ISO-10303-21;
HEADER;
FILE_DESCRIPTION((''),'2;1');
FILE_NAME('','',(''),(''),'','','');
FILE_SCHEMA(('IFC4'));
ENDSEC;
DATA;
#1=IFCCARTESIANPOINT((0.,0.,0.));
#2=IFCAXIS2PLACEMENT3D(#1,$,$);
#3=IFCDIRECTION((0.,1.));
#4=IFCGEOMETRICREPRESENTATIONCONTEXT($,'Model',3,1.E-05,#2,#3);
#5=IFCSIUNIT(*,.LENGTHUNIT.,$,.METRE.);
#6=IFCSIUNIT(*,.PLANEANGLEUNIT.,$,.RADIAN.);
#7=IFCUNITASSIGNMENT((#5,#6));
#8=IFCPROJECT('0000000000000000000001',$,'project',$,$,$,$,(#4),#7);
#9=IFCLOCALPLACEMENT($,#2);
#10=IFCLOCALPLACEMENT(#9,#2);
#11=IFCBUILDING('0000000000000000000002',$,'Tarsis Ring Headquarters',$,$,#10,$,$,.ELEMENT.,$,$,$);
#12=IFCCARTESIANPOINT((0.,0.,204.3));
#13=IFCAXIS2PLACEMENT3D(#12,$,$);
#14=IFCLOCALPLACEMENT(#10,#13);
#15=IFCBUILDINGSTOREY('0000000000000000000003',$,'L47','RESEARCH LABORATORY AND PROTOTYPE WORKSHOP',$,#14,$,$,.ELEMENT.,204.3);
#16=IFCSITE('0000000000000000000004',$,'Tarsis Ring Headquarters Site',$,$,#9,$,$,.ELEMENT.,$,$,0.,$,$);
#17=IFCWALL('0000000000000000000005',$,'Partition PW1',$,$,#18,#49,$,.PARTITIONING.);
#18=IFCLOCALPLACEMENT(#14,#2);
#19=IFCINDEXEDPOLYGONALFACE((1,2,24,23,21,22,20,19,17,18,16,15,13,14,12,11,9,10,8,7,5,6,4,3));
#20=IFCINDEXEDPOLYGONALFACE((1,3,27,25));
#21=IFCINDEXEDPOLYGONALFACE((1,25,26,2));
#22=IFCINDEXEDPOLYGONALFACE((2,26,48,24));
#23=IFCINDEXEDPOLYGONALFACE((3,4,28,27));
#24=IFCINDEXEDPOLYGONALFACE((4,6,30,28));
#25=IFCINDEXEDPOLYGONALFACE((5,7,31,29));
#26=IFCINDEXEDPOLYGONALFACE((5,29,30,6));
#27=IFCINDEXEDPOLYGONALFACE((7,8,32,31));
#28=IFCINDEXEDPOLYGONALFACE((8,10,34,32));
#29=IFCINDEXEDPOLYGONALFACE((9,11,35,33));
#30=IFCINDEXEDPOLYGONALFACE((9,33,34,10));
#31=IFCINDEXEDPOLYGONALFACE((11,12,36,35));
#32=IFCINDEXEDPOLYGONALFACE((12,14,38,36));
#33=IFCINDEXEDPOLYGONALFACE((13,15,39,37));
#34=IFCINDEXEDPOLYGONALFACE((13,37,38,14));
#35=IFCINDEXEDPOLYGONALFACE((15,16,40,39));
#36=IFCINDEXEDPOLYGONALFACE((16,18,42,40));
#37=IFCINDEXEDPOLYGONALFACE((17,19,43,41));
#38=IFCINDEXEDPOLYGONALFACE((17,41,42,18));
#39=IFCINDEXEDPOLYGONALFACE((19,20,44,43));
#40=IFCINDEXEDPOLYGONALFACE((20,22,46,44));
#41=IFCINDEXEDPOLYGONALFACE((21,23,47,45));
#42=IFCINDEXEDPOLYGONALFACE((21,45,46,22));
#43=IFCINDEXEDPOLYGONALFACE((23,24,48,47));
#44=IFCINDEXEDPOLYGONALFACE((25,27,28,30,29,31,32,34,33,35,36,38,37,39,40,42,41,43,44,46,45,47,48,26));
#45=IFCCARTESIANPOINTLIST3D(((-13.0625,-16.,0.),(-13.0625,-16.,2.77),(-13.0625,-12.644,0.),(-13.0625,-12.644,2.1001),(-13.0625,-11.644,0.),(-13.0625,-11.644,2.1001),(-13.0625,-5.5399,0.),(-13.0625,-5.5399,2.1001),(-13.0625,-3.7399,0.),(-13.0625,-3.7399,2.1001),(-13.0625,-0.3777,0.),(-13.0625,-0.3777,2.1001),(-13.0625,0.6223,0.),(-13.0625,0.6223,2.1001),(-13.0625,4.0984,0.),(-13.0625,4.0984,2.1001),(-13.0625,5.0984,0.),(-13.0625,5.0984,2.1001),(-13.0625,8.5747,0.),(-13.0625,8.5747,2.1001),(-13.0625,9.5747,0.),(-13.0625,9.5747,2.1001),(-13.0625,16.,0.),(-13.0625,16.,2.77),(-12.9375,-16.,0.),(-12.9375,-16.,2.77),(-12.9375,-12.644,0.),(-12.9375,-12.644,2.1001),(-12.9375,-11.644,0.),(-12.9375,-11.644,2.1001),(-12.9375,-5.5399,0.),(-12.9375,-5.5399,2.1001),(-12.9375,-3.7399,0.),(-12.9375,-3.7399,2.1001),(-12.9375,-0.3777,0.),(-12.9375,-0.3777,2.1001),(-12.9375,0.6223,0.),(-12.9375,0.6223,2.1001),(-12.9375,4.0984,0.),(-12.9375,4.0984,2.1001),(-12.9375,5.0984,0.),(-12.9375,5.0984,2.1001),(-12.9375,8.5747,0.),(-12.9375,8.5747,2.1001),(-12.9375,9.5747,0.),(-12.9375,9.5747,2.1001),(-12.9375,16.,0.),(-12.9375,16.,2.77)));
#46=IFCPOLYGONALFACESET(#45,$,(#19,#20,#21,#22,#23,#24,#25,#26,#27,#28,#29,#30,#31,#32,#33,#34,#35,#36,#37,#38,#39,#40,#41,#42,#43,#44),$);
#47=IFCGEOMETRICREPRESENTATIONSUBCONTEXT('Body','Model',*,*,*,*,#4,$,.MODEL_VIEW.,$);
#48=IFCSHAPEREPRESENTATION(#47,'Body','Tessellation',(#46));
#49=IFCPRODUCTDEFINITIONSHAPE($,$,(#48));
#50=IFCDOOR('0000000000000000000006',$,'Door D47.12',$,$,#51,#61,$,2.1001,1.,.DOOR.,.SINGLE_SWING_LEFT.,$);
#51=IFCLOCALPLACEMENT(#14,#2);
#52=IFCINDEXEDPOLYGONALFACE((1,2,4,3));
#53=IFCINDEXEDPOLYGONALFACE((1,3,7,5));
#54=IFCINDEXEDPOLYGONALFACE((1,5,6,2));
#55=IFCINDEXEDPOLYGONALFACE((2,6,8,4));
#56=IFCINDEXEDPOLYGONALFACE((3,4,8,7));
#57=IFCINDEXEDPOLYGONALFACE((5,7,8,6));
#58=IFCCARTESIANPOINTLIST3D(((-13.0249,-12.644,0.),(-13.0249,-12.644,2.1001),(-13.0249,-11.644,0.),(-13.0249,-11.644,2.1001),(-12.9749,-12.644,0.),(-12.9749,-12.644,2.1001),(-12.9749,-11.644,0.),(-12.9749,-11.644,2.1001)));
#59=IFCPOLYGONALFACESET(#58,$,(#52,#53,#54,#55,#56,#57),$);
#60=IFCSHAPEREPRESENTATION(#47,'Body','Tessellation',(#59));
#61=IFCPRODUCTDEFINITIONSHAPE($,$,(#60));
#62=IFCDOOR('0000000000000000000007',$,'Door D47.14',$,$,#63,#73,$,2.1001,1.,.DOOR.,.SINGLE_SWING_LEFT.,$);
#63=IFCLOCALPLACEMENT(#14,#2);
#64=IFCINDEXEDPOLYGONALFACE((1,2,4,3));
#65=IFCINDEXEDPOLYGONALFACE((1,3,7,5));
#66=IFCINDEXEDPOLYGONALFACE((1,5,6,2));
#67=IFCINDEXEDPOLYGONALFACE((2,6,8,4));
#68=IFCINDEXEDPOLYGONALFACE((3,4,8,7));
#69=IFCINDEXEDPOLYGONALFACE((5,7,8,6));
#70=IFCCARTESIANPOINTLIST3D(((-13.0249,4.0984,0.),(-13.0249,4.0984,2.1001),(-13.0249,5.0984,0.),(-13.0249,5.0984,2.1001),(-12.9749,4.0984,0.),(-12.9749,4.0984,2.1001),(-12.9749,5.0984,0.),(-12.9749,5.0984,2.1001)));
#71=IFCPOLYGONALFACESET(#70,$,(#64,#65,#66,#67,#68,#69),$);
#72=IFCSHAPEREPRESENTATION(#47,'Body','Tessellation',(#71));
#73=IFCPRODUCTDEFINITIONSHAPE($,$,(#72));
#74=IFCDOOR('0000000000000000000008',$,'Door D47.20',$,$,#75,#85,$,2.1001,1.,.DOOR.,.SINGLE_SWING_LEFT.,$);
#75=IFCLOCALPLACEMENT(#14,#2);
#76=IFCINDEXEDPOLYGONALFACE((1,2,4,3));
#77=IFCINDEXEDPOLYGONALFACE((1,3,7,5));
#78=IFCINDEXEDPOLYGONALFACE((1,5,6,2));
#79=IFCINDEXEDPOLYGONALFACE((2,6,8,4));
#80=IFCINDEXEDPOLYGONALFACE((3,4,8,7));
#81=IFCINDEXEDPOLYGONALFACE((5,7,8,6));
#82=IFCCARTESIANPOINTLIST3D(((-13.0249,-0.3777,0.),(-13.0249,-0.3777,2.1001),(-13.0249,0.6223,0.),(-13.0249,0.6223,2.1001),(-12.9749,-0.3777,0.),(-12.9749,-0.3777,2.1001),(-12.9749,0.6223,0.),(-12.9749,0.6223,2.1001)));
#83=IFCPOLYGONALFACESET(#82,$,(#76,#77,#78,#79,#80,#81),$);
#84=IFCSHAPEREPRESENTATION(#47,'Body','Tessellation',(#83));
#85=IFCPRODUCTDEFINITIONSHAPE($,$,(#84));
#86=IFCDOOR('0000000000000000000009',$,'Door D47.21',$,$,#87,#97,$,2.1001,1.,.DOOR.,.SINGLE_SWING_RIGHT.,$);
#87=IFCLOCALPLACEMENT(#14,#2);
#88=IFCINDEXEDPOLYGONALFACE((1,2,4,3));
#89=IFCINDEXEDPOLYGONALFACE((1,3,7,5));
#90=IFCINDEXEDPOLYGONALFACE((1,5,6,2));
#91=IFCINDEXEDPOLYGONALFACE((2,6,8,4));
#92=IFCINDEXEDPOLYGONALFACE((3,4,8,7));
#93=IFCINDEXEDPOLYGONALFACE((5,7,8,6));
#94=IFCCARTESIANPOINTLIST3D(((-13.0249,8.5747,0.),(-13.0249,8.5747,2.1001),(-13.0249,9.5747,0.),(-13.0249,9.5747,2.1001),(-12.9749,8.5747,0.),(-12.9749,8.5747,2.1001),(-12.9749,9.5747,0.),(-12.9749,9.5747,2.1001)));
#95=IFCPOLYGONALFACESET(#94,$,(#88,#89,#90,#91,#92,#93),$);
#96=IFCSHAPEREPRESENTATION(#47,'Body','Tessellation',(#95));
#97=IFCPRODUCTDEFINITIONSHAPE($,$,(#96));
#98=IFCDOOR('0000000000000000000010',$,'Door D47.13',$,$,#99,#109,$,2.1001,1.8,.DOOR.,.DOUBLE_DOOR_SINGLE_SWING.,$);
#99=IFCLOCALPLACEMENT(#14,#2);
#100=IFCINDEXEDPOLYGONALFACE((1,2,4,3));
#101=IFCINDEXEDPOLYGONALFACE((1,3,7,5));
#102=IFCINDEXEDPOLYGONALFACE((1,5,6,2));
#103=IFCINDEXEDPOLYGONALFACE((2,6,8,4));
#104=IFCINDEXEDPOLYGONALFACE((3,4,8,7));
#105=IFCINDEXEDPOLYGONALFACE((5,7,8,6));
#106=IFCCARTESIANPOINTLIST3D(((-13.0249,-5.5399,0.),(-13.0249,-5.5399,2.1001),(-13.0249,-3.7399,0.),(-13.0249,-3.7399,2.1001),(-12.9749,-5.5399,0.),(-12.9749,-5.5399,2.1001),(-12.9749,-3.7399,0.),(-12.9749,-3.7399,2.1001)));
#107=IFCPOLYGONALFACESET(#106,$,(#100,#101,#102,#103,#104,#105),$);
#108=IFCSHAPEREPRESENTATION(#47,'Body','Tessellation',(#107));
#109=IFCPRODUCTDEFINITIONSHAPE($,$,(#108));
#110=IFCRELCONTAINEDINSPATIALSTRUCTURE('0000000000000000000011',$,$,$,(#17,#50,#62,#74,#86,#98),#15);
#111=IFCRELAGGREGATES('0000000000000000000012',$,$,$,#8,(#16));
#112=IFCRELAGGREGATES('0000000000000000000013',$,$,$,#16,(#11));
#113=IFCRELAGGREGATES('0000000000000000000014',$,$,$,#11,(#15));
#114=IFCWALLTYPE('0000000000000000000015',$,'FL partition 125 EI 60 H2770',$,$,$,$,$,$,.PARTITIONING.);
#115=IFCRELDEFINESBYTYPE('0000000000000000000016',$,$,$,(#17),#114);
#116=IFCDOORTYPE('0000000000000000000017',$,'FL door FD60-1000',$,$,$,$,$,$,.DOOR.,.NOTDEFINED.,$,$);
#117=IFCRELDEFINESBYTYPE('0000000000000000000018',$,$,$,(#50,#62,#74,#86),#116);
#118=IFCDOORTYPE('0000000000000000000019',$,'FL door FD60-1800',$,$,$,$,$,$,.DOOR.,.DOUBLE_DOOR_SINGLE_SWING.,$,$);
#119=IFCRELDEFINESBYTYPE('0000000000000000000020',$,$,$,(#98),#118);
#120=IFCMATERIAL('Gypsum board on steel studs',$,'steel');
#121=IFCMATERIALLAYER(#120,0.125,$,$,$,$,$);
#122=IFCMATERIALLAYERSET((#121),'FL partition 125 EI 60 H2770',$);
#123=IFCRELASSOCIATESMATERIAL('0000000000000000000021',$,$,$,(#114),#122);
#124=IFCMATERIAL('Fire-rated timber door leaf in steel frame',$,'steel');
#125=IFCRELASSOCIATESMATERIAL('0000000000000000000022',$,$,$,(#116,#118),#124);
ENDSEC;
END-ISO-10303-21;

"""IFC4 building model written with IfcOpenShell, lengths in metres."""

from ifc_helpers import new_model, si_unit, direction, frame, frame_2d, origin, place, context, subcontext, project, spatial, rectangle, extrude, material, layer, layer_set, type_object, element, fill, save


model = new_model("IFC4")

# Units and contexts
model_context = context("Model", 3, precision=1e-05, world=origin(), true_north=direction((0.0, 1.0)))
body_context = subcontext(model_context, "Body", "Model", "MODEL_VIEW")
ifc_project = project(units=[si_unit("LENGTHUNIT", "METRE"), si_unit("PLANEANGLEUNIT", "RADIAN")], contexts=[model_context])

# Site, building, storey
site_placement = place(None, origin())
site = spatial("IfcSite", under=ifc_project, at=site_placement, Name="Tarsis Ring Headquarters Site", CompositionType="ELEMENT", RefElevation=0.0)
building_placement = place(site_placement, origin())
building = spatial("IfcBuilding", under=site, at=building_placement, Name="Tarsis Ring Headquarters", CompositionType="ELEMENT")
storey_placement = place(building_placement, frame((0.0, 0.0, 204.3)))
storey = spatial("IfcBuildingStorey", under=building, at=storey_placement, Name="L47", Description="RESEARCH LABORATORY AND PROTOTYPE WORKSHOP", CompositionType="ELEMENT", Elevation=204.3)

# Shared definitions
ifc_material_1 = material(Name="Gypsum board on steel studs", Category="steel")

# Wall, openings, doors
ifc_layer_1 = layer(ifc_material_1, 0.125)
ifc_layer_set_1 = layer_set([ifc_layer_1], Name="FL partition 125 EI 60 H2770")
wall_type_1 = type_object("IfcWallType", Name="FL partition 125 EI 60 H2770", PredefinedType="PARTITIONING", material=ifc_layer_set_1)
wall_1_placement = place(storey_placement, frame((-13.0, -16.0, 0.0), z_axis=(0.0, 0.0, 1.0), x_axis=(0.0, 1.0, 0.0)))
wall_1 = element("IfcWall", 1, at=wall_1_placement, inside=storey, type_object=wall_type_1, Name="Partition PW1", PredefinedType="PARTITIONING", context=body_context, shape_type="SweptSolid", body=[
    extrude(rectangle(XDim=32.0, YDim=0.125, at=frame_2d((16.0, 0.0))), origin(), (0.0, 0.0, 1.0), 2.77),
])
opening_1_placement = place(wall_1_placement, frame((3.356, 0.0, 0.0)))
opening_1 = element("IfcOpeningElement", 2, at=opening_1_placement, cuts=wall_1, PredefinedType="OPENING", context=body_context, shape_type="SweptSolid", body=[
    extrude(rectangle(XDim=1.0, YDim=2.1001, at=frame_2d((0.5, 1.05))), frame((0.0, 0.0725, 0.0), z_axis=(0.0, -1.0, 0.0), x_axis=(1.0, 0.0, 0.0)), (0.0, 0.0, 1.0), 0.145),
])
opening_2_placement = place(wall_1_placement, frame((10.4602, 0.0, 0.0)))
opening_2 = element("IfcOpeningElement", 3, at=opening_2_placement, cuts=wall_1, PredefinedType="OPENING", context=body_context, shape_type="SweptSolid", body=[
    extrude(rectangle(XDim=1.8, YDim=2.1001, at=frame_2d((0.8999, 1.05))), frame((0.0, 0.0725, 0.0), z_axis=(0.0, -1.0, 0.0), x_axis=(1.0, 0.0, 0.0)), (0.0, 0.0, 1.0), 0.145),
])
opening_3_placement = place(wall_1_placement, frame((20.0984, 0.0, 0.0)))
opening_3 = element("IfcOpeningElement", 4, at=opening_3_placement, cuts=wall_1, PredefinedType="OPENING", context=body_context, shape_type="SweptSolid", body=[
    extrude(rectangle(XDim=1.0, YDim=2.1001, at=frame_2d((0.5, 1.05))), frame((0.0, 0.0725, 0.0), z_axis=(0.0, -1.0, 0.0), x_axis=(1.0, 0.0, 0.0)), (0.0, 0.0, 1.0), 0.145),
])
opening_4_placement = place(wall_1_placement, frame((15.6223, 0.0, 0.0)))
opening_4 = element("IfcOpeningElement", 5, at=opening_4_placement, cuts=wall_1, PredefinedType="OPENING", context=body_context, shape_type="SweptSolid", body=[
    extrude(rectangle(XDim=1.0, YDim=2.1001, at=frame_2d((0.5, 1.05))), frame((0.0, 0.0725, 0.0), z_axis=(0.0, -1.0, 0.0), x_axis=(1.0, 0.0, 0.0)), (0.0, 0.0, 1.0), 0.145),
])
opening_5_placement = place(wall_1_placement, frame((24.5747, 0.0, 0.0)))
opening_5 = element("IfcOpeningElement", 6, at=opening_5_placement, cuts=wall_1, PredefinedType="OPENING", context=body_context, shape_type="SweptSolid", body=[
    extrude(rectangle(XDim=1.0, YDim=2.1001, at=frame_2d((0.5, 1.05))), frame((0.0, 0.0725, 0.0), z_axis=(0.0, -1.0, 0.0), x_axis=(1.0, 0.0, 0.0)), (0.0, 0.0, 1.0), 0.145),
])
ifc_material_2 = material(Name="Fire-rated timber door leaf in steel frame", Category="steel")
door_type_1 = type_object("IfcDoorType", Name="FL door FD60-1000", OperationType="NOTDEFINED", PredefinedType="DOOR", material=ifc_material_2)
door_1_placement = place(opening_1_placement, origin())
door_1 = element("IfcDoor", 7, at=door_1_placement, inside=storey, type_object=door_type_1, Name="Door D47.12", OperationType="SINGLE_SWING_LEFT", OverallHeight=2.1001, OverallWidth=1.0, PredefinedType="DOOR", context=body_context, shape_type="SweptSolid", body=[
    extrude(rectangle(XDim=1.0, YDim=2.1001, at=frame_2d((0.5, 1.05))), frame((0.0, 0.0249, 0.0), z_axis=(0.0, -1.0, 0.0), x_axis=(1.0, 0.0, 0.0)), (0.0, 0.0, 1.0), 0.05),
])
fill(opening_1, door_1)
door_2_placement = place(opening_3_placement, origin())
door_2 = element("IfcDoor", 8, at=door_2_placement, inside=storey, type_object=door_type_1, Name="Door D47.14", OperationType="SINGLE_SWING_LEFT", OverallHeight=2.1001, OverallWidth=1.0, PredefinedType="DOOR", context=body_context, shape_type="SweptSolid", body=[
    extrude(rectangle(XDim=1.0, YDim=2.1001, at=frame_2d((0.5, 1.05))), frame((0.0, 0.0249, 0.0), z_axis=(0.0, -1.0, 0.0), x_axis=(1.0, 0.0, 0.0)), (0.0, 0.0, 1.0), 0.05),
])
fill(opening_3, door_2)
door_3_placement = place(opening_4_placement, origin())
door_3 = element("IfcDoor", 9, at=door_3_placement, inside=storey, type_object=door_type_1, Name="Door D47.20", OperationType="SINGLE_SWING_LEFT", OverallHeight=2.1001, OverallWidth=1.0, PredefinedType="DOOR", context=body_context, shape_type="SweptSolid", body=[
    extrude(rectangle(XDim=1.0, YDim=2.1001, at=frame_2d((0.5, 1.05))), frame((0.0, 0.0249, 0.0), z_axis=(0.0, -1.0, 0.0), x_axis=(1.0, 0.0, 0.0)), (0.0, 0.0, 1.0), 0.05),
])
fill(opening_4, door_3)
door_4_placement = place(opening_5_placement, origin())
door_4 = element("IfcDoor", 10, at=door_4_placement, inside=storey, type_object=door_type_1, Name="Door D47.21", OperationType="SINGLE_SWING_RIGHT", OverallHeight=2.1001, OverallWidth=1.0, PredefinedType="DOOR", context=body_context, shape_type="SweptSolid", body=[
    extrude(rectangle(XDim=1.0, YDim=2.1001, at=frame_2d((0.5, 1.05))), frame((0.0, 0.0249, 0.0), z_axis=(0.0, -1.0, 0.0), x_axis=(1.0, 0.0, 0.0)), (0.0, 0.0, 1.0), 0.05),
])
fill(opening_5, door_4)
door_type_2 = type_object("IfcDoorType", Name="FL door FD60-1800", OperationType="DOUBLE_DOOR_SINGLE_SWING", PredefinedType="DOOR", material=ifc_material_2)
door_5_placement = place(opening_2_placement, origin())
door_5 = element("IfcDoor", 11, at=door_5_placement, inside=storey, type_object=door_type_2, Name="Door D47.13", OperationType="DOUBLE_DOOR_SINGLE_SWING", OverallHeight=2.1001, OverallWidth=1.8, PredefinedType="DOOR", context=body_context, shape_type="SweptSolid", body=[
    extrude(rectangle(XDim=1.8, YDim=2.1001, at=frame_2d((0.8999, 1.05))), frame((0.0, 0.0249, 0.0), z_axis=(0.0, -1.0, 0.0), x_axis=(1.0, 0.0, 0.0)), (0.0, 0.0, 1.0), 0.05),
])
fill(opening_2, door_5)

save(model, "model.ifc")
